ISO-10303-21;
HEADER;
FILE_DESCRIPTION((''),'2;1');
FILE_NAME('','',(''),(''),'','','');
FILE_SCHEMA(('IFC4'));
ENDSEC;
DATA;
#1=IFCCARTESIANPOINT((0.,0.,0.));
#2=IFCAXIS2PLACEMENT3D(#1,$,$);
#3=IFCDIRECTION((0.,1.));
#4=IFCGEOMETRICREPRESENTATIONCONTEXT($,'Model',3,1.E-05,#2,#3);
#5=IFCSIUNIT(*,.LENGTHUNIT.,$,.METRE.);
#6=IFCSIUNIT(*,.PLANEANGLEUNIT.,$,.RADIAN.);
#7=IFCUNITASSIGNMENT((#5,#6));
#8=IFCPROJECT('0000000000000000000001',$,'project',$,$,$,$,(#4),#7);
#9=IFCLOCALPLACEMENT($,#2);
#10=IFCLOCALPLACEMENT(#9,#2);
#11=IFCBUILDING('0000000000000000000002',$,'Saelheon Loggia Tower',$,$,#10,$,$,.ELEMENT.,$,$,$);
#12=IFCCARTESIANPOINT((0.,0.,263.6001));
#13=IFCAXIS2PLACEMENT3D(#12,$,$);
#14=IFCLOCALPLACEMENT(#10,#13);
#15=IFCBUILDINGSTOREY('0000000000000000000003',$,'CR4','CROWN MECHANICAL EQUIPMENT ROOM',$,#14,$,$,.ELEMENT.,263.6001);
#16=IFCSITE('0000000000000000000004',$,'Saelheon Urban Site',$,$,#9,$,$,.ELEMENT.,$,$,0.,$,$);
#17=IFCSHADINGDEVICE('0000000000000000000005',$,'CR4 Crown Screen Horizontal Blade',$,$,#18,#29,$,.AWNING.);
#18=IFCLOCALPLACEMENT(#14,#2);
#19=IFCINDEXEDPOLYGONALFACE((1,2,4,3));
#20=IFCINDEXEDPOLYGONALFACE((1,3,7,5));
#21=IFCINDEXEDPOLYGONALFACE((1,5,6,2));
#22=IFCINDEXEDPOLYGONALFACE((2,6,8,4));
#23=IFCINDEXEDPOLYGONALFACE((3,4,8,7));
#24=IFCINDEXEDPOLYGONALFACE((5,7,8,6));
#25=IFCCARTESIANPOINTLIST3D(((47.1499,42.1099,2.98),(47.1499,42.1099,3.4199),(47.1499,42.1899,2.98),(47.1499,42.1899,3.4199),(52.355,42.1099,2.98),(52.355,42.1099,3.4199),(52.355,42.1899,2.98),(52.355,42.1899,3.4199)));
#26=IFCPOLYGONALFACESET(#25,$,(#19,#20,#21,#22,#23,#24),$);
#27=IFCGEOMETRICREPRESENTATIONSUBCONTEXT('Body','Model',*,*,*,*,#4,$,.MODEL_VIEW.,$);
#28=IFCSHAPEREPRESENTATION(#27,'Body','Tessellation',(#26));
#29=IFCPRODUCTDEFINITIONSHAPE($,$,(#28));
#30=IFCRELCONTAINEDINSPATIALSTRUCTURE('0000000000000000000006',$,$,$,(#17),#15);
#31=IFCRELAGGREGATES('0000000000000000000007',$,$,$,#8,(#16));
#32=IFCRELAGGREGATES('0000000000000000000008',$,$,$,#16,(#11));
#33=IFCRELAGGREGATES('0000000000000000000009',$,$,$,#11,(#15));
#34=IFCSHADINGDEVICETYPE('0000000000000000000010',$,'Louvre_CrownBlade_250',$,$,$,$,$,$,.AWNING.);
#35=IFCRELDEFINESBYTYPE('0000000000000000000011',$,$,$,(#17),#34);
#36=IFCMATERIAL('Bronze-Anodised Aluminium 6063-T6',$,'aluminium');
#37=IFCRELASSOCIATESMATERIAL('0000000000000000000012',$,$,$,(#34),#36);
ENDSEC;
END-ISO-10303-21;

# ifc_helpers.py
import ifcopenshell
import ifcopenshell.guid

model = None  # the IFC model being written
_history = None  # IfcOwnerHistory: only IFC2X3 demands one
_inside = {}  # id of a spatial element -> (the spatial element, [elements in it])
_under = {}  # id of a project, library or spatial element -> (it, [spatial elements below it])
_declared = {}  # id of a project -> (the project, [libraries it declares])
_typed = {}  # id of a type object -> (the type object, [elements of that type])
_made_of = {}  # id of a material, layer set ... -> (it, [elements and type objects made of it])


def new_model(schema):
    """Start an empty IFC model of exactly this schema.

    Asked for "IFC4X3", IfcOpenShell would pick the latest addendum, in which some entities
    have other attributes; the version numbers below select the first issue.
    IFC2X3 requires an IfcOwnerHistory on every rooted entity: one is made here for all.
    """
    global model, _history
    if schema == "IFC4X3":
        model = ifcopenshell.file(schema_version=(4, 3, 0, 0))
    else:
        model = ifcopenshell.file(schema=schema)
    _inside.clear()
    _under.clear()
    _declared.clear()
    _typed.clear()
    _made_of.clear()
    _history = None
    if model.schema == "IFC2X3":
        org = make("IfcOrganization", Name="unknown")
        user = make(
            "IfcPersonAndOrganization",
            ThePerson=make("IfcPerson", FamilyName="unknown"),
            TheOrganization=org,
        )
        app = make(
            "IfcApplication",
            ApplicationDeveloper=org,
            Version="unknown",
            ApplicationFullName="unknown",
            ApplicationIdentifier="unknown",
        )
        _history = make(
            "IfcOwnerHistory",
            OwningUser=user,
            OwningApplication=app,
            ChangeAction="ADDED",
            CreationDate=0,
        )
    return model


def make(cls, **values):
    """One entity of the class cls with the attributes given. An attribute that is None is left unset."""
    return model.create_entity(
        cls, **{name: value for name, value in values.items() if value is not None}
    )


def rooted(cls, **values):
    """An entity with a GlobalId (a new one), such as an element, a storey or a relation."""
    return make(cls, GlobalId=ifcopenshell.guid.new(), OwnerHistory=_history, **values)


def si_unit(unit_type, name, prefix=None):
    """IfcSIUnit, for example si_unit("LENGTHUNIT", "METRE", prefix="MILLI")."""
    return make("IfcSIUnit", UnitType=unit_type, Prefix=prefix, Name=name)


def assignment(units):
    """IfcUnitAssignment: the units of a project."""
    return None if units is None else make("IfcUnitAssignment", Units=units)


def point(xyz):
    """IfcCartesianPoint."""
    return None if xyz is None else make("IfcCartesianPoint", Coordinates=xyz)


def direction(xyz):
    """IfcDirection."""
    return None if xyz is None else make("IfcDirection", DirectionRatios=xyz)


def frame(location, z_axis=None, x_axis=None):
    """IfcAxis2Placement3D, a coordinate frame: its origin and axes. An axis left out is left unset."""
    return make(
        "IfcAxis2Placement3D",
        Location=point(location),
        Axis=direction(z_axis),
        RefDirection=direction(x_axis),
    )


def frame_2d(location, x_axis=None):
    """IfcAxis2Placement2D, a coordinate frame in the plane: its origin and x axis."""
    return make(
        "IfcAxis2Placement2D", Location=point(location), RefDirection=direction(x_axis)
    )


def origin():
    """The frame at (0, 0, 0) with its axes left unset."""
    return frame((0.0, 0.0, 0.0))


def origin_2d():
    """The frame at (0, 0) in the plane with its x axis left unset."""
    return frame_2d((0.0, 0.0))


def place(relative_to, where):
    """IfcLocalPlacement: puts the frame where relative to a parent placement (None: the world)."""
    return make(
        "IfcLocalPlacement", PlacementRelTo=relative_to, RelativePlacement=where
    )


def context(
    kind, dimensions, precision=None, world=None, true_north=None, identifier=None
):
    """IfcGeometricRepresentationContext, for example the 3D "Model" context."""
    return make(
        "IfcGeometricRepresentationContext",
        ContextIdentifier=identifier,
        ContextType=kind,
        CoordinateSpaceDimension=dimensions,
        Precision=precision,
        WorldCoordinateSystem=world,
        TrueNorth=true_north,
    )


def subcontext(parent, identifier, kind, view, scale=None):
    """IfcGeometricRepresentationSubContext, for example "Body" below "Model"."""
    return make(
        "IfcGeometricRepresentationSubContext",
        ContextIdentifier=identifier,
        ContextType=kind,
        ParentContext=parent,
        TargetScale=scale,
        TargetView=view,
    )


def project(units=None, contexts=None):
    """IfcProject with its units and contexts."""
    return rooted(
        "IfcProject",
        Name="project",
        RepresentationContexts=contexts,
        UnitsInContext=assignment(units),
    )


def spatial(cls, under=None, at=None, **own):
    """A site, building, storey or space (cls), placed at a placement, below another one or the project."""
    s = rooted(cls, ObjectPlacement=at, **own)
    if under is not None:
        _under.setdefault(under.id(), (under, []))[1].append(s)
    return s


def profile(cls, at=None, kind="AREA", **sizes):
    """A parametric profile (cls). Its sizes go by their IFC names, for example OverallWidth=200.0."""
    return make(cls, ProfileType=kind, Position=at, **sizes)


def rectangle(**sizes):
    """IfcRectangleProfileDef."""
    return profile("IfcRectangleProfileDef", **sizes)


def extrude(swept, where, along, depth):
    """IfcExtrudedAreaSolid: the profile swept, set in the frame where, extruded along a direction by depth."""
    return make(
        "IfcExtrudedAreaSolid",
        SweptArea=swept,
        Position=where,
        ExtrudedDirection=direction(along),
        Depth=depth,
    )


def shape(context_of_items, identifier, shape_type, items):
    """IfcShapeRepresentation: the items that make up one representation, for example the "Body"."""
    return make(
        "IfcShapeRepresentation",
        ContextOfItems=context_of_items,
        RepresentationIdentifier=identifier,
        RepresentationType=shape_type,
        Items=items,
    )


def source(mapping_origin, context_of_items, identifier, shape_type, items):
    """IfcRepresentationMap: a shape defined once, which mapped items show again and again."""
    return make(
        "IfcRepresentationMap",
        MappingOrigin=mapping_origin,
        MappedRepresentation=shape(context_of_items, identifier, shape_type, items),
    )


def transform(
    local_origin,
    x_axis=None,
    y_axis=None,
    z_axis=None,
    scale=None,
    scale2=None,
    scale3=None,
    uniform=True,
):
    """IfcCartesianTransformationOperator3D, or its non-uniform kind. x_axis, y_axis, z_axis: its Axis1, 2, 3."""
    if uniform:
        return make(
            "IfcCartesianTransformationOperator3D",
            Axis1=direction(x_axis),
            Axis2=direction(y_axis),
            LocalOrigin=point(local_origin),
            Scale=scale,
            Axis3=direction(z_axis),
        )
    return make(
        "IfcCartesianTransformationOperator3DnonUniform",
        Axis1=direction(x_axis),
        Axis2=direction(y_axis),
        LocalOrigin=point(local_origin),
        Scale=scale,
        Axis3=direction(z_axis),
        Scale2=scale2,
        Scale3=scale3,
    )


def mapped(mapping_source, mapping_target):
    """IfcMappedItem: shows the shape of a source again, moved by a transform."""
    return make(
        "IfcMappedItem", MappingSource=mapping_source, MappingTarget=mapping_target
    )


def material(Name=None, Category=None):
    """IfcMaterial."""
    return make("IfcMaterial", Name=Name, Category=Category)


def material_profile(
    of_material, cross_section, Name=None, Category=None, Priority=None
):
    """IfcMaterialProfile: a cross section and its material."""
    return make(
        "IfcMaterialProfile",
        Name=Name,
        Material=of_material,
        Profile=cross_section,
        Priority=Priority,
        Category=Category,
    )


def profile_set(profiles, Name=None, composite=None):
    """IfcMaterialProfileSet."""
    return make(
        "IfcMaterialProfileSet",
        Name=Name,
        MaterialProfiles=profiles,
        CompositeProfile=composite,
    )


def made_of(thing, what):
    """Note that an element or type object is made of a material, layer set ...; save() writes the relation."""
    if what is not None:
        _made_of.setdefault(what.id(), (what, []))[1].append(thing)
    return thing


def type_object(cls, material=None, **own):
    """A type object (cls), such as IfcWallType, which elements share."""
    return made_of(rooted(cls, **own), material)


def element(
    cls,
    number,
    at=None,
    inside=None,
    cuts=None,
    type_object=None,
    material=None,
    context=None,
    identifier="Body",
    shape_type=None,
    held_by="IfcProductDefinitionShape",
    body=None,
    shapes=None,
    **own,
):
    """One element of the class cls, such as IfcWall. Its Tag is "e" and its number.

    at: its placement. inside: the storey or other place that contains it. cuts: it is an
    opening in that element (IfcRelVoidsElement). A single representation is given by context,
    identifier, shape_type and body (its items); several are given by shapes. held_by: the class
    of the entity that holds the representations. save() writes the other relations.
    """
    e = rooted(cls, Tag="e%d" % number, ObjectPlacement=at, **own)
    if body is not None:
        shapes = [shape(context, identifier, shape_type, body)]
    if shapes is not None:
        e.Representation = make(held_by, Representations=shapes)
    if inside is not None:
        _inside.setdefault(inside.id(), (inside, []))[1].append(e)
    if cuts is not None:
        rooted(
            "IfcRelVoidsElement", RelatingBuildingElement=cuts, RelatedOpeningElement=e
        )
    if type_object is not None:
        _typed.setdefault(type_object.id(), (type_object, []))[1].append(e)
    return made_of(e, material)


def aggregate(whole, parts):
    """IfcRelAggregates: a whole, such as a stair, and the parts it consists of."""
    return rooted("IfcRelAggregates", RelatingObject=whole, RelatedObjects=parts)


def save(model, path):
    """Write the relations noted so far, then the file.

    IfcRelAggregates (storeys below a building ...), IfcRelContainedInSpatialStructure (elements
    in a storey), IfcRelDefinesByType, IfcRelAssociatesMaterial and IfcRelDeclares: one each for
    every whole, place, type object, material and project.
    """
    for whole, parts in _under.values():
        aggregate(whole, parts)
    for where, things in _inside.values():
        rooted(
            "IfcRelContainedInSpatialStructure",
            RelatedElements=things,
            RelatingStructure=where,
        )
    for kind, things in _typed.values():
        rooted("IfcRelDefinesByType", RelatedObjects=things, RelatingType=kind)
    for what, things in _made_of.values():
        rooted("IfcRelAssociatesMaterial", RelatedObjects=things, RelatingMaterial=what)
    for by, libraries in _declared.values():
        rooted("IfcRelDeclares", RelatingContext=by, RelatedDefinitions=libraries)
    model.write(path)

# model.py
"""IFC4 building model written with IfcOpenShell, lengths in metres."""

from ifc_helpers import new_model, si_unit, direction, frame, origin, origin_2d, place, context, subcontext, project, spatial, rectangle, extrude, source, transform, mapped, material, material_profile, profile_set, type_object, element, save


model = new_model("IFC4")

# Units and contexts
model_context = context("Model", 3, precision=1e-05, world=origin(), true_north=direction((0.0, 1.0)))
body_context = subcontext(model_context, "Body", "Model", "MODEL_VIEW")
ifc_project = project(units=[si_unit("LENGTHUNIT", "METRE"), si_unit("PLANEANGLEUNIT", "RADIAN")], contexts=[model_context])

# Site, building, storey
site_placement = place(None, origin())
site = spatial("IfcSite", under=ifc_project, at=site_placement, Name="Saelheon Urban Site", CompositionType="ELEMENT", RefElevation=0.0)
building_placement = place(site_placement, origin())
building = spatial("IfcBuilding", under=site, at=building_placement, Name="Saelheon Loggia Tower", CompositionType="ELEMENT")
storey_placement = place(building_placement, frame((0.0, 0.0, 263.6001)))
storey = spatial("IfcBuildingStorey", under=building, at=storey_placement, Name="CR4", Description="CROWN MECHANICAL EQUIPMENT ROOM", CompositionType="ELEMENT", Elevation=263.6001)

# Shared definitions
ifc_material_1 = material(Name="Bronze-Anodised Aluminium 6063-T6", Category="aluminium")

# Shading device
ifc_material_profile_1 = material_profile(ifc_material_1, rectangle(XDim=0.0801, YDim=0.4399, at=origin_2d()), Name="Louvre_CrownBlade_250")
ifc_profile_set_1 = profile_set([ifc_material_profile_1], Name="Bronze-Anodised Aluminium 6063-T6")
shading_device_type = type_object("IfcShadingDeviceType", Name="Louvre_CrownBlade_250", PredefinedType="AWNING", material=ifc_profile_set_1)
shared_shape_1 = source(origin(), body_context, "Body", "SweptSolid", [
    extrude(rectangle(XDim=0.0801, YDim=0.4399, at=origin_2d()), origin(), (0.0, 0.0, 1.0), 5.2051),
])
for number, where, z_axis, x_axis, name in (
    (1, (52.355, 42.1499, 3.2), (-1.0, 0.0, 0.0), (0.0, -1.0, 0.0), "CR4 Crown Screen Horizontal Blade"),
):
    element("IfcShadingDevice", number, at=place(storey_placement, frame(where, z_axis=z_axis, x_axis=x_axis)), inside=storey, type_object=shading_device_type, Name=name, PredefinedType="AWNING", context=body_context, shape_type="MappedRepresentation", body=[
        mapped(shared_shape_1, transform((0.0, 0.0, 0.0), scale=1.0)),
    ])

save(model, "model.ifc")
